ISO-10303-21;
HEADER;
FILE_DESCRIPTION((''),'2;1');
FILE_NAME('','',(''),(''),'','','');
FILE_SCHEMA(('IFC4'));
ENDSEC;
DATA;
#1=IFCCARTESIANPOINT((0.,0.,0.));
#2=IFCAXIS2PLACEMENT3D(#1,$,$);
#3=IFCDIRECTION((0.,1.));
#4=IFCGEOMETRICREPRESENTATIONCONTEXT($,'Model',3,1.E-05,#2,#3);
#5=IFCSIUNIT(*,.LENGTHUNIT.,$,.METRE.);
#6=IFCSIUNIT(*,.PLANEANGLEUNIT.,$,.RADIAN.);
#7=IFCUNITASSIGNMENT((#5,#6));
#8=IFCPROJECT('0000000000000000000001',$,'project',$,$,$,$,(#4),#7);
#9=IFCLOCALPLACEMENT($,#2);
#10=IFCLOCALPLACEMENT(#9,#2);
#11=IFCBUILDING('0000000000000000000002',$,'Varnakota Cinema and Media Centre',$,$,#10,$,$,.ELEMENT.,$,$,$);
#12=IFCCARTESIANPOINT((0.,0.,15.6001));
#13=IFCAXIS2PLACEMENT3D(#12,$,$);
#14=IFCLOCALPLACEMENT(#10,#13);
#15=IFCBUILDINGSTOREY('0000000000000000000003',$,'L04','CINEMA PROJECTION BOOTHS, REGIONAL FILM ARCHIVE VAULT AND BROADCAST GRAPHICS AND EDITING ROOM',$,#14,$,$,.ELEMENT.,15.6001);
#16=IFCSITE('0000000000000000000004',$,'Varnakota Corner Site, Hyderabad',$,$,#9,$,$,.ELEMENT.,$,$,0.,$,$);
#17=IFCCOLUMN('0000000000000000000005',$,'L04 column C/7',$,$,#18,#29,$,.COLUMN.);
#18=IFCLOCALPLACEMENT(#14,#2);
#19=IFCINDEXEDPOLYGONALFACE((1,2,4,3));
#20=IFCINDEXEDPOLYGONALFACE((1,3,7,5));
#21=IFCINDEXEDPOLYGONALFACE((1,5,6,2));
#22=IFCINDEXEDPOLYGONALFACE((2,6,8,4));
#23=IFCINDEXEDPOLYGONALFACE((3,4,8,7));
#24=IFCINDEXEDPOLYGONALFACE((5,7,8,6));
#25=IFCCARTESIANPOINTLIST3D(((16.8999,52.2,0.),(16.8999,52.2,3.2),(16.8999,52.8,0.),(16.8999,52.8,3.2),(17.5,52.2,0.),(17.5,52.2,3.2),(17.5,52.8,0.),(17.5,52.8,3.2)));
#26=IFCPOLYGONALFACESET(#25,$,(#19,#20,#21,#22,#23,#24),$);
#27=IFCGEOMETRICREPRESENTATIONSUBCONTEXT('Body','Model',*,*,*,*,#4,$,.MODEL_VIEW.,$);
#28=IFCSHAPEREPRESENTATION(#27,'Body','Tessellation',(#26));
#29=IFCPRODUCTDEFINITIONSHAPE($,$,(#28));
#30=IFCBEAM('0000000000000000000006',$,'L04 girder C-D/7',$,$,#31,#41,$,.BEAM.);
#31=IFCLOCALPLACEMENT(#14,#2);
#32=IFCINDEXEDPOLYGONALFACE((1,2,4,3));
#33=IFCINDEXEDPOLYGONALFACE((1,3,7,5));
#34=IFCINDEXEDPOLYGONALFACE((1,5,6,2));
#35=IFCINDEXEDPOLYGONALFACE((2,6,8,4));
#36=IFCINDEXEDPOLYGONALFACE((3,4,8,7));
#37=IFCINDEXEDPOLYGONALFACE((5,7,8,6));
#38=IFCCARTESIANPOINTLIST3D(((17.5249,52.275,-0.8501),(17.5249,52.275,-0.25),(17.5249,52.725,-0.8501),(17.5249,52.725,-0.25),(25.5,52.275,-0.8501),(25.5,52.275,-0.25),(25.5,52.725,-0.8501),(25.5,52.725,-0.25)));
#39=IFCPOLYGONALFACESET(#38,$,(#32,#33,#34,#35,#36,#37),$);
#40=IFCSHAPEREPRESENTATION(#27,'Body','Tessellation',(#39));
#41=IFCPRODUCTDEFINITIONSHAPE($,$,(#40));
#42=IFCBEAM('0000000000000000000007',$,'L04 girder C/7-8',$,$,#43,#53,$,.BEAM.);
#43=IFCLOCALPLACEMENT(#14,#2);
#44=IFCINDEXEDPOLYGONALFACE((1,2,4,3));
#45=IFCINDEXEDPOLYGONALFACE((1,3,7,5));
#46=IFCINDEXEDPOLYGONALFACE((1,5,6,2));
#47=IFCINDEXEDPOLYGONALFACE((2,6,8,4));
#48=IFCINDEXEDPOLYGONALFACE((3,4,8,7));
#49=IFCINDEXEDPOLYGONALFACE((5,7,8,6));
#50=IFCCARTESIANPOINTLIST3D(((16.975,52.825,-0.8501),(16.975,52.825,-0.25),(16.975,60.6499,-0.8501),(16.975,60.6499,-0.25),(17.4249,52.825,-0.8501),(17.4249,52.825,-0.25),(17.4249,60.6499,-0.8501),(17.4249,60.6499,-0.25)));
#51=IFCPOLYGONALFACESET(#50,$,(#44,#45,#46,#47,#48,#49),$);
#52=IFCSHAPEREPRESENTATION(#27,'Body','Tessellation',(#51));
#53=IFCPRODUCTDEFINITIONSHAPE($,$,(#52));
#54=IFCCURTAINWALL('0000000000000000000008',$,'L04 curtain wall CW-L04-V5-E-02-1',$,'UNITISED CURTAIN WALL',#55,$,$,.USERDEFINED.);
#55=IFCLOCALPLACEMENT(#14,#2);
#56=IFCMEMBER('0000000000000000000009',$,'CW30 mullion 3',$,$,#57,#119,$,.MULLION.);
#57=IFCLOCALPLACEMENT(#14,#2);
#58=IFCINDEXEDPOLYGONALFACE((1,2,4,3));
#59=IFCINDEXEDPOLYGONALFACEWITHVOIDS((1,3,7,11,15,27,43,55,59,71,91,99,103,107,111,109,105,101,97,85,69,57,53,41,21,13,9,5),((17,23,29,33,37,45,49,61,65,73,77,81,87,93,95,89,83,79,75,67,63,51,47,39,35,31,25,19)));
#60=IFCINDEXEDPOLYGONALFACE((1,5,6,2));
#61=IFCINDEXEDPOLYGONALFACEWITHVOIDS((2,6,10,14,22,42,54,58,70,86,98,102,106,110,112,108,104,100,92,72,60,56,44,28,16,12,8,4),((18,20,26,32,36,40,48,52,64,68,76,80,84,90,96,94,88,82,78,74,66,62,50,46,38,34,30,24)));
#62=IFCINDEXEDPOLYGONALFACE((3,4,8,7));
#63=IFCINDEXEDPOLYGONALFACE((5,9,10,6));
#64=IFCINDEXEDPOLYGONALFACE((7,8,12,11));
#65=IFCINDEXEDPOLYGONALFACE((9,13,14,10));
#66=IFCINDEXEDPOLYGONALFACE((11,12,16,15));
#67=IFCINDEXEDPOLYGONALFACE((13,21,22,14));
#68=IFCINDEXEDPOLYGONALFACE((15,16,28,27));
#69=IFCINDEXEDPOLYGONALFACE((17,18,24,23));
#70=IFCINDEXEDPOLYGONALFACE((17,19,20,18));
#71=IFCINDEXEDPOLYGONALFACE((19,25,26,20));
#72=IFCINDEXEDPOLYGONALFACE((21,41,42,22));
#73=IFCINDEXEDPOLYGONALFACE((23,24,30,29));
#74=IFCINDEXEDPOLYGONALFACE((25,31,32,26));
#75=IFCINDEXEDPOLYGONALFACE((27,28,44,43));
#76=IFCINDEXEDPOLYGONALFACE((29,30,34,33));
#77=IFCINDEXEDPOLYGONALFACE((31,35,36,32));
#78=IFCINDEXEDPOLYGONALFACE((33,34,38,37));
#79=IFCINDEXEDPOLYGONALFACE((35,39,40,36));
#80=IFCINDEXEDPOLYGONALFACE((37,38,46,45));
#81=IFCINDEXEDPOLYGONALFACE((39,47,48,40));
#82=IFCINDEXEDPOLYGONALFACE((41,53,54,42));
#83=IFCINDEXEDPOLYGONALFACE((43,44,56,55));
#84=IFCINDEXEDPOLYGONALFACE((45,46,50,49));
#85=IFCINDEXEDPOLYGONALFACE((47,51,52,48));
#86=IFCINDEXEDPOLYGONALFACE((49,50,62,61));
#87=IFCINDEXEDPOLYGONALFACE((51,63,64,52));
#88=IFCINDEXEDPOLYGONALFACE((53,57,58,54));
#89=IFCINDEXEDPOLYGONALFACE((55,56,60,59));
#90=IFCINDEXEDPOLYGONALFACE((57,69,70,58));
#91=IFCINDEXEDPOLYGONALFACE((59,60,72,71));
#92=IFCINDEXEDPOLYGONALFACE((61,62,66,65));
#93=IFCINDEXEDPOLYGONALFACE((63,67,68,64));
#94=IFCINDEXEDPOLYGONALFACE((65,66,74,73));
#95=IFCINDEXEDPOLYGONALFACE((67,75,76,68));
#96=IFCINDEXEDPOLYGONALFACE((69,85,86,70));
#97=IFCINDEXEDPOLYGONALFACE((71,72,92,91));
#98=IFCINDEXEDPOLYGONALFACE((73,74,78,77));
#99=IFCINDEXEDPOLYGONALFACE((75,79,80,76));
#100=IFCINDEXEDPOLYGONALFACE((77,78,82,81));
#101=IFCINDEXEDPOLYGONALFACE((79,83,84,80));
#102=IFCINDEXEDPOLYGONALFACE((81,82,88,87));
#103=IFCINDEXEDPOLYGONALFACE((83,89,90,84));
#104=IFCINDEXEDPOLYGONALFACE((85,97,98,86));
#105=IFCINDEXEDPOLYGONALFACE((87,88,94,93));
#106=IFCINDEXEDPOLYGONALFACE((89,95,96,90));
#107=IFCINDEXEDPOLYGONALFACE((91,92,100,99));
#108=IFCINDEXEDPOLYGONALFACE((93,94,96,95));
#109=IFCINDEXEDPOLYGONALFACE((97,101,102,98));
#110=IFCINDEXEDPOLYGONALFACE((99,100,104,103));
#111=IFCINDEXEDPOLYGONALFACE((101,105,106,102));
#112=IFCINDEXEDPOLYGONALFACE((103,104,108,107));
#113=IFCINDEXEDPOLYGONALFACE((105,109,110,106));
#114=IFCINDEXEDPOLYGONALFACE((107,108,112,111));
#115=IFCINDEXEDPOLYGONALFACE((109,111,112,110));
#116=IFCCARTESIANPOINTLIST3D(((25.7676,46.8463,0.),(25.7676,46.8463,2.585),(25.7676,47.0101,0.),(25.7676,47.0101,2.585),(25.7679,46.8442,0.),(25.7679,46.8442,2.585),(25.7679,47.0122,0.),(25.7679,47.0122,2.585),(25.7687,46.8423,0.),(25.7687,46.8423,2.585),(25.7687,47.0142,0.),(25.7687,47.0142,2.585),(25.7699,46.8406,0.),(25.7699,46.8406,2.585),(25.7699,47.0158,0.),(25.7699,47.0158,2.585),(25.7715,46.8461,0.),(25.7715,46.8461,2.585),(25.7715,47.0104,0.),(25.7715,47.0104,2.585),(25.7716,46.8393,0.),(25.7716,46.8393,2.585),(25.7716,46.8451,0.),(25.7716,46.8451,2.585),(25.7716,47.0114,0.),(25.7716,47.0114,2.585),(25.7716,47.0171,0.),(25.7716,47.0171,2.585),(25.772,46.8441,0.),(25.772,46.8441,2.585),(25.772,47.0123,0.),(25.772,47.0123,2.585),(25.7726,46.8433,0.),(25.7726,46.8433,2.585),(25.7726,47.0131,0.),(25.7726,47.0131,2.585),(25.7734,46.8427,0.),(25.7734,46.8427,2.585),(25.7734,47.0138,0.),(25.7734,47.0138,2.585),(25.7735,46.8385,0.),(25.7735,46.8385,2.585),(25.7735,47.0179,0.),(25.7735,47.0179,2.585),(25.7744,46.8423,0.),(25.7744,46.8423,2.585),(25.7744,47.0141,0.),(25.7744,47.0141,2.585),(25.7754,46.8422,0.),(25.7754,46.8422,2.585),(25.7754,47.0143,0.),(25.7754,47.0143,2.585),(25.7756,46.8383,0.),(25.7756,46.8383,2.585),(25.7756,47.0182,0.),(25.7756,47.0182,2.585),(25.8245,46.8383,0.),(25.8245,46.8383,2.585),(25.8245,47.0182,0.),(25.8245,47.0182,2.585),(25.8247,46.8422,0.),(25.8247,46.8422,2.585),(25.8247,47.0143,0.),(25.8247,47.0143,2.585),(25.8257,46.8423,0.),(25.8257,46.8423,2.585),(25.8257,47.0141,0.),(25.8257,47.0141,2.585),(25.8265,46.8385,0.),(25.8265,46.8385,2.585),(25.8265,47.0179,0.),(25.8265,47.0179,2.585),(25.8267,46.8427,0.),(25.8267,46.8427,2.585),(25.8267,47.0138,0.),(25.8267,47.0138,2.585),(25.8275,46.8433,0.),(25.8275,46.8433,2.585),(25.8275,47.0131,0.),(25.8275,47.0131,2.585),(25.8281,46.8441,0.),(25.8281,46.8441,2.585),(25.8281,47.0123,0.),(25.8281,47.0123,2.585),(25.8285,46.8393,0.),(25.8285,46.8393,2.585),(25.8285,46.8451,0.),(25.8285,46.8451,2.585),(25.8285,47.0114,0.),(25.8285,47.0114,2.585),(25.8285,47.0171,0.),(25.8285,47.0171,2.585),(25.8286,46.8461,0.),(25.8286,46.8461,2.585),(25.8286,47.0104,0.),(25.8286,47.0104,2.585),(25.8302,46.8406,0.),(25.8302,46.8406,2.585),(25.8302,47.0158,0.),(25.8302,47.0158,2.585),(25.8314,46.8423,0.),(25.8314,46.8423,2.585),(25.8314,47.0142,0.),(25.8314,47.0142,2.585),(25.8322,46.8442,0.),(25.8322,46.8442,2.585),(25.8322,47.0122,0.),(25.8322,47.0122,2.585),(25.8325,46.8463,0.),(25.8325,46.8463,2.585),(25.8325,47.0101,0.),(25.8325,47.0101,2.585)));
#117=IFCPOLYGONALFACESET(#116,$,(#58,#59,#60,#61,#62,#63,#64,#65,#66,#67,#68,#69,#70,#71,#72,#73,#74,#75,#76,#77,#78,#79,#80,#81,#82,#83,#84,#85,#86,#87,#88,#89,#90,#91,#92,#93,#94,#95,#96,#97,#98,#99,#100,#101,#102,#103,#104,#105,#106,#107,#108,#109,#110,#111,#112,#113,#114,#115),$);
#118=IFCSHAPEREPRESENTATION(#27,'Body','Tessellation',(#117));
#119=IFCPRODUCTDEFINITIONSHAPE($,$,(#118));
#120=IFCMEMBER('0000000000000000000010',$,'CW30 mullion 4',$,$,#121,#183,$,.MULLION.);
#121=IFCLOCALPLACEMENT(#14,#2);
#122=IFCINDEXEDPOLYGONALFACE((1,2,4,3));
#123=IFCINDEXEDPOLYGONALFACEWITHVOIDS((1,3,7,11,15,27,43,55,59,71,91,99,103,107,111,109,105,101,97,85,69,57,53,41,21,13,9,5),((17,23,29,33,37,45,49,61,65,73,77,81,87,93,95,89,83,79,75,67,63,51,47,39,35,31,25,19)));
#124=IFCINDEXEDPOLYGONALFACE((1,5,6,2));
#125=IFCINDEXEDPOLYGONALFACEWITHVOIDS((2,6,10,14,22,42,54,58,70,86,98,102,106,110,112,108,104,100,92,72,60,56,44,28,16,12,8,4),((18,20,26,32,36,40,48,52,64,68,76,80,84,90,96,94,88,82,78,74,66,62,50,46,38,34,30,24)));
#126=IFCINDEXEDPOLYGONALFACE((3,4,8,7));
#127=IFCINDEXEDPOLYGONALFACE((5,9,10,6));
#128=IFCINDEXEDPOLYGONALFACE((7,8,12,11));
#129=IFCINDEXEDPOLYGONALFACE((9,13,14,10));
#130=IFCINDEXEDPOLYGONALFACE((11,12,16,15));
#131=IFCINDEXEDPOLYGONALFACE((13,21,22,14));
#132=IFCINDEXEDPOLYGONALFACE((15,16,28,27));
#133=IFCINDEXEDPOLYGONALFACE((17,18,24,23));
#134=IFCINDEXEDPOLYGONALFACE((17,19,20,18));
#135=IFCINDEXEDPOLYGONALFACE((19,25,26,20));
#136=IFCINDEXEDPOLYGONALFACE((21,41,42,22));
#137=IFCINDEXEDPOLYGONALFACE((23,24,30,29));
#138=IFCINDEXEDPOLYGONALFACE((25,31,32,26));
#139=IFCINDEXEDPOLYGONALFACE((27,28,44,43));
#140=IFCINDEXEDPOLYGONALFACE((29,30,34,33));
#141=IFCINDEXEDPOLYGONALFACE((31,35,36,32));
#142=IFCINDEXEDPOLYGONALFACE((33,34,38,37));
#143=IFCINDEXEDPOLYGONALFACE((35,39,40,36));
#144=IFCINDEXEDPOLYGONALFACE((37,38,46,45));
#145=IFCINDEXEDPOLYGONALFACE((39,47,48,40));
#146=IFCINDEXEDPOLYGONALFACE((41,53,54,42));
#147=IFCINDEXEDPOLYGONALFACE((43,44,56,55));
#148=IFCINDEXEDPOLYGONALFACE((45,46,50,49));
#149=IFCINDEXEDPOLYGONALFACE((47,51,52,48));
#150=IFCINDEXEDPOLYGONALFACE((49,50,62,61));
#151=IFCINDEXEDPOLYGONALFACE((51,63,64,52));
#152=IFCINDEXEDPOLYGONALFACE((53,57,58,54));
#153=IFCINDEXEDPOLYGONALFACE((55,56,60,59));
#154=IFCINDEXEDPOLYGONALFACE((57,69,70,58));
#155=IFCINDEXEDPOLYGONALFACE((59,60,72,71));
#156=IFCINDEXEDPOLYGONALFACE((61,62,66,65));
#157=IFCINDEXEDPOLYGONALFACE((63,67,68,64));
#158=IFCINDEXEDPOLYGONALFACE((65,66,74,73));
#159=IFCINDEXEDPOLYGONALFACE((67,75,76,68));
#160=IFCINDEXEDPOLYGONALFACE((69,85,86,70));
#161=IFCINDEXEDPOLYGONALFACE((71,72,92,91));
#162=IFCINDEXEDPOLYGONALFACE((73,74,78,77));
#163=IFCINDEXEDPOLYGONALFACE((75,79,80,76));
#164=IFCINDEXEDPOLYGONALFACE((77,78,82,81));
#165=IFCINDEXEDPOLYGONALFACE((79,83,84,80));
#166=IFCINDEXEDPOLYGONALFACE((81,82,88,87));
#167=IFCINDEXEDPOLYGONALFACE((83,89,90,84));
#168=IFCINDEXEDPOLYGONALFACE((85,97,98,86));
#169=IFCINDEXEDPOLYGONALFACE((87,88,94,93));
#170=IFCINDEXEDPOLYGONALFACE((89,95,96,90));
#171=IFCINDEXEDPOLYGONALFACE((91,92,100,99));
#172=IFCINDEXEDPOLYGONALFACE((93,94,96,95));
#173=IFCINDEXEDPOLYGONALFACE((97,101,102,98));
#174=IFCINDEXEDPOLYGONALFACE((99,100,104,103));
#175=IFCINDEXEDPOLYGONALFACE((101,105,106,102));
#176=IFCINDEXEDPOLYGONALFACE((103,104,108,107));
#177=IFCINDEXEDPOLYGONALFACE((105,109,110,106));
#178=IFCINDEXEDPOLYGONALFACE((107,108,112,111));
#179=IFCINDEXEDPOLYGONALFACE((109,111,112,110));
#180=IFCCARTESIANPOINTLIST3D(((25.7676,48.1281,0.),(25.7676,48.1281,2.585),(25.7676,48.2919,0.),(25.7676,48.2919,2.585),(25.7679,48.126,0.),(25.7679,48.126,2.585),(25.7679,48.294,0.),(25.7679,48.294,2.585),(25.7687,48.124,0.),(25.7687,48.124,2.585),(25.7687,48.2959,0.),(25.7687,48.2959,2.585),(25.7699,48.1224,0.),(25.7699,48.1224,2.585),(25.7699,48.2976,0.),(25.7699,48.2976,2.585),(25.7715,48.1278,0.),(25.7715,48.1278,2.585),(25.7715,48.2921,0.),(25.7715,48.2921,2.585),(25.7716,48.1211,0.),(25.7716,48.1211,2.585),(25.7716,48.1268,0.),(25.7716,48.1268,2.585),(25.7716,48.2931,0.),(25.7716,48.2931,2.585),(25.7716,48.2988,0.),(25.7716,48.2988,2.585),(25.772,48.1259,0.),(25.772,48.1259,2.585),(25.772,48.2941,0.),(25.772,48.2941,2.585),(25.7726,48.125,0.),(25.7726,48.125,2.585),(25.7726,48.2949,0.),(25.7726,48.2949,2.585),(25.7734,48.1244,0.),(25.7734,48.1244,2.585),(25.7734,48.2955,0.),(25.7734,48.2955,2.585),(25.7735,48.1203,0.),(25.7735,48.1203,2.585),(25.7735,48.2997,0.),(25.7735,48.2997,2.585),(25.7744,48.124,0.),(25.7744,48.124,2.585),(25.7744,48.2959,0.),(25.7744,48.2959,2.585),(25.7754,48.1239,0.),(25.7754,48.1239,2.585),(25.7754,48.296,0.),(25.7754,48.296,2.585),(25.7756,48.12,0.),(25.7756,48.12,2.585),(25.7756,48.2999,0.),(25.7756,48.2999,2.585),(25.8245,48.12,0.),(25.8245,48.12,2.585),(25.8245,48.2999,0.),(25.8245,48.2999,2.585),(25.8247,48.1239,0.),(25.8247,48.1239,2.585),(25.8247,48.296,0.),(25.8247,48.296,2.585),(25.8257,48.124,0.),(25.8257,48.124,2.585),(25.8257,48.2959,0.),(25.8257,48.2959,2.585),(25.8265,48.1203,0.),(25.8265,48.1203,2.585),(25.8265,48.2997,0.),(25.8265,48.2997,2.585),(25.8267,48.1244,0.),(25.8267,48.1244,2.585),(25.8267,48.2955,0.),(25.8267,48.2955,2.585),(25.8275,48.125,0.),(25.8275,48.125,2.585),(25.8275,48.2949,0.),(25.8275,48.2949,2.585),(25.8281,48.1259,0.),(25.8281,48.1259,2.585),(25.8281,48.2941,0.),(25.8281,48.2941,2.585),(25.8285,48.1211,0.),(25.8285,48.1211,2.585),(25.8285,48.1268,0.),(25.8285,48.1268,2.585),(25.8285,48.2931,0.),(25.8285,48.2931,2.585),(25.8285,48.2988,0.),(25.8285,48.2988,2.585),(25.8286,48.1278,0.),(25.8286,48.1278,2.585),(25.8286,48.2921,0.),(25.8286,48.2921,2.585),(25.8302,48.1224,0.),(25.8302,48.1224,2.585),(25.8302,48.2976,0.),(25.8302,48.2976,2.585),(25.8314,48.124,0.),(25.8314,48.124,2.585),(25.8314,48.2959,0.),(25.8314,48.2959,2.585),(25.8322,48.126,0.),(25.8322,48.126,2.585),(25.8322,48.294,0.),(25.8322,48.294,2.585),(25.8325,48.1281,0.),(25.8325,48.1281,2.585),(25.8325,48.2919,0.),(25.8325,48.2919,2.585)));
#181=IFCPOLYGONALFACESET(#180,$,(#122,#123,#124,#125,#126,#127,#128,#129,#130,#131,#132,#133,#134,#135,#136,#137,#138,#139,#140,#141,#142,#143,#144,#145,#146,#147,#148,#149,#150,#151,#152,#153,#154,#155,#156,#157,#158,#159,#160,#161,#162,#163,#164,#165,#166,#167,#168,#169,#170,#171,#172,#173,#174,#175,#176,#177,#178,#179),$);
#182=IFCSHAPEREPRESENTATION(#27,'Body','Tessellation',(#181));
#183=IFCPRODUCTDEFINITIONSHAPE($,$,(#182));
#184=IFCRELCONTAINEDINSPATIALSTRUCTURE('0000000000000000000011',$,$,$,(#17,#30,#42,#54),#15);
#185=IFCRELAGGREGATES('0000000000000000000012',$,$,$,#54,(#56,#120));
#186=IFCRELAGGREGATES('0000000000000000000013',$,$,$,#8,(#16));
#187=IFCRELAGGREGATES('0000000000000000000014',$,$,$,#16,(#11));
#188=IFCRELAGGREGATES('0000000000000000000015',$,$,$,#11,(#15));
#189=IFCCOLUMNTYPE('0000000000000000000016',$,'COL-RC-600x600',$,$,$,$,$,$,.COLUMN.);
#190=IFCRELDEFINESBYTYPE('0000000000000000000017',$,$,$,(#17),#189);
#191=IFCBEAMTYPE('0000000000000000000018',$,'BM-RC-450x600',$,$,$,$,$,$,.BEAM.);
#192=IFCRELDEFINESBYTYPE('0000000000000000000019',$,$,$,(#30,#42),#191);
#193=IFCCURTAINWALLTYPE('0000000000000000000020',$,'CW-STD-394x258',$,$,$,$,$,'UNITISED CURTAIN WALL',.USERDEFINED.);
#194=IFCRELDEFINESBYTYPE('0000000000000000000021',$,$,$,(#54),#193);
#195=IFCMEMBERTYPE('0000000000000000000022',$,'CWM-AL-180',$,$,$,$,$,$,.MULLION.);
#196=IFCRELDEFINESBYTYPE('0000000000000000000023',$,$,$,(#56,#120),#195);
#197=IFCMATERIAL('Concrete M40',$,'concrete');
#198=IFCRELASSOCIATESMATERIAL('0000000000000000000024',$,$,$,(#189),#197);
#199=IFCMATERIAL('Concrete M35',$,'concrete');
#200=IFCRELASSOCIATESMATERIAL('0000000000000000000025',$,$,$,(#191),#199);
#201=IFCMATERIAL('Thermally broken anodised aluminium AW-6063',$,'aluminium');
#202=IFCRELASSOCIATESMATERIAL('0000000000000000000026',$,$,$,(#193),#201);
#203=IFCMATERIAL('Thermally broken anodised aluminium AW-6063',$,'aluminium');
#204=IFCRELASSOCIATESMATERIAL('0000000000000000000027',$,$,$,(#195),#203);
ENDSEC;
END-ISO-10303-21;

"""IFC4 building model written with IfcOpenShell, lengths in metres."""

from ifc_helpers import new_model, si_unit, direction, frame, origin, origin_2d, place, context, subcontext, project, spatial, rectangle, hollow_rectangle, extrude, material, material_profile, profile_set, type_object, element, aggregate, save


model = new_model("IFC4")

# Units and contexts
model_context = context("Model", 3, precision=1e-05, world=origin(), true_north=direction((0.0, 1.0)))
body_context = subcontext(model_context, "Body", "Model", "MODEL_VIEW")
ifc_project = project(units=[si_unit("LENGTHUNIT", "METRE"), si_unit("PLANEANGLEUNIT", "RADIAN")], contexts=[model_context])

# Site, building, storey
site_placement = place(None, origin())
site = spatial("IfcSite", under=ifc_project, at=site_placement, Name="Varnakota Corner Site, Hyderabad", CompositionType="ELEMENT", RefElevation=0.0)
building_placement = place(site_placement, origin())
building = spatial("IfcBuilding", under=site, at=building_placement, Name="Varnakota Cinema and Media Centre", CompositionType="ELEMENT")
storey_placement = place(building_placement, frame((0.0, 0.0, 15.6001)))
storey = spatial("IfcBuildingStorey", under=building, at=storey_placement, Name="L04", Description="CINEMA PROJECTION BOOTHS, REGIONAL FILM ARCHIVE VAULT AND BROADCAST GRAPHICS AND EDITING ROOM", CompositionType="ELEMENT", Elevation=15.6001)

# Column
ifc_material_1 = material(Name="Concrete M40", Category="concrete")
ifc_material_profile_1 = material_profile(ifc_material_1, rectangle(XDim=0.6001, YDim=0.6001, at=origin_2d()), Name="RC 600x600")
ifc_profile_set_1 = profile_set([ifc_material_profile_1], Name="Concrete M40")
column_type = type_object("IfcColumnType", Name="COL-RC-600x600", PredefinedType="COLUMN", material=ifc_profile_set_1)
column_placement = place(storey_placement, frame((17.2, 52.5, 0.0), z_axis=(0.0, 0.0, 1.0), x_axis=(1.0, 0.0, 0.0)))
element("IfcColumn", 1, at=column_placement, inside=storey, type_object=column_type, Name="L04 column C/7", PredefinedType="COLUMN", context=body_context, shape_type="SweptSolid", body=[
    extrude(rectangle(XDim=0.6001, YDim=0.6001, at=origin_2d()), origin(), (0.0, 0.0, 1.0), 3.2),
])

# Beams
ifc_material_2 = material(Name="Concrete M35", Category="concrete")
ifc_material_profile_2 = material_profile(ifc_material_2, rectangle(XDim=0.45, YDim=0.6001, at=origin_2d()), Name="RCB 450x600")
ifc_profile_set_2 = profile_set([ifc_material_profile_2], Name="Concrete M35")
beam_type = type_object("IfcBeamType", Name="BM-RC-450x600", PredefinedType="BEAM", material=ifc_profile_set_2)
beam_1_placement = place(storey_placement, frame((17.5249, 52.5, -0.55), z_axis=(1.0, 0.0, 0.0), x_axis=(0.0, 1.0, 0.0)))
element("IfcBeam", 2, at=beam_1_placement, inside=storey, type_object=beam_type, Name="L04 girder C-D/7", PredefinedType="BEAM", context=body_context, shape_type="SweptSolid", body=[
    extrude(rectangle(XDim=0.45, YDim=0.6001, at=origin_2d()), origin(), (0.0, 0.0, 1.0), 7.9751),
])
beam_2_placement = place(storey_placement, frame((17.2, 52.825, -0.55), z_axis=(0.0, 1.0, 0.0), x_axis=(-1.0, 0.0, 0.0)))
element("IfcBeam", 3, at=beam_2_placement, inside=storey, type_object=beam_type, Name="L04 girder C/7-8", PredefinedType="BEAM", context=body_context, shape_type="SweptSolid", body=[
    extrude(rectangle(XDim=0.45, YDim=0.6001, at=origin_2d()), origin(), (0.0, 0.0, 1.0), 7.825),
])

# Curtain wall, members
ifc_material_3 = material(Name="Thermally broken anodised aluminium AW-6063", Category="aluminium")
curtain_wall_type = type_object("IfcCurtainWallType", Name="CW-STD-394x258", ElementType="UNITISED CURTAIN WALL", PredefinedType="USERDEFINED", material=ifc_material_3)
curtain_wall_1_placement = place(storey_placement, origin())
curtain_wall_1 = element("IfcCurtainWall", 4, at=curtain_wall_1_placement, inside=storey, type_object=curtain_wall_type, Name="L04 curtain wall CW-L04-V5-E-02-1", ObjectType="UNITISED CURTAIN WALL", PredefinedType="USERDEFINED")
ifc_material_4 = material(Name="Thermally broken anodised aluminium AW-6063", Category="aluminium")
ifc_material_profile_3 = material_profile(ifc_material_4, hollow_rectangle(XDim=0.0649, YDim=0.1799, WallThickness=0.0039, InnerFilletRadius=0.0039, OuterFilletRadius=0.0081, at=origin_2d()), Name="AL-MULLION 180x65x4")
ifc_profile_set_3 = profile_set([ifc_material_profile_3], Name="Thermally broken anodised aluminium AW-6063")
member_type_1 = type_object("IfcMemberType", Name="CWM-AL-180", PredefinedType="MULLION", material=ifc_profile_set_3)
member_1_placement = place(storey_placement, frame((25.8, 46.9282, 0.0), z_axis=(0.0, 0.0, 1.0), x_axis=(-1.0, 0.0, 0.0)))
member_1 = element("IfcMember", 5, at=member_1_placement, type_object=member_type_1, Name="CW30 mullion 3", PredefinedType="MULLION", context=body_context, shape_type="SweptSolid", body=[
    extrude(hollow_rectangle(XDim=0.0649, YDim=0.1799, WallThickness=0.0039, InnerFilletRadius=0.0039, OuterFilletRadius=0.0081, at=origin_2d()), origin(), (0.0, 0.0, 1.0), 2.585),
])
member_2_placement = place(storey_placement, frame((25.8, 48.21, 0.0), z_axis=(0.0, 0.0, 1.0), x_axis=(-1.0, 0.0, 0.0)))
member_2 = element("IfcMember", 6, at=member_2_placement, type_object=member_type_1, Name="CW30 mullion 4", PredefinedType="MULLION", context=body_context, shape_type="SweptSolid", body=[
    extrude(hollow_rectangle(XDim=0.0649, YDim=0.1799, WallThickness=0.0039, InnerFilletRadius=0.0039, OuterFilletRadius=0.0081, at=origin_2d()), origin(), (0.0, 0.0, 1.0), 2.585),
])

aggregate(curtain_wall_1, [member_1, member_2])

save(model, "model.ifc")
